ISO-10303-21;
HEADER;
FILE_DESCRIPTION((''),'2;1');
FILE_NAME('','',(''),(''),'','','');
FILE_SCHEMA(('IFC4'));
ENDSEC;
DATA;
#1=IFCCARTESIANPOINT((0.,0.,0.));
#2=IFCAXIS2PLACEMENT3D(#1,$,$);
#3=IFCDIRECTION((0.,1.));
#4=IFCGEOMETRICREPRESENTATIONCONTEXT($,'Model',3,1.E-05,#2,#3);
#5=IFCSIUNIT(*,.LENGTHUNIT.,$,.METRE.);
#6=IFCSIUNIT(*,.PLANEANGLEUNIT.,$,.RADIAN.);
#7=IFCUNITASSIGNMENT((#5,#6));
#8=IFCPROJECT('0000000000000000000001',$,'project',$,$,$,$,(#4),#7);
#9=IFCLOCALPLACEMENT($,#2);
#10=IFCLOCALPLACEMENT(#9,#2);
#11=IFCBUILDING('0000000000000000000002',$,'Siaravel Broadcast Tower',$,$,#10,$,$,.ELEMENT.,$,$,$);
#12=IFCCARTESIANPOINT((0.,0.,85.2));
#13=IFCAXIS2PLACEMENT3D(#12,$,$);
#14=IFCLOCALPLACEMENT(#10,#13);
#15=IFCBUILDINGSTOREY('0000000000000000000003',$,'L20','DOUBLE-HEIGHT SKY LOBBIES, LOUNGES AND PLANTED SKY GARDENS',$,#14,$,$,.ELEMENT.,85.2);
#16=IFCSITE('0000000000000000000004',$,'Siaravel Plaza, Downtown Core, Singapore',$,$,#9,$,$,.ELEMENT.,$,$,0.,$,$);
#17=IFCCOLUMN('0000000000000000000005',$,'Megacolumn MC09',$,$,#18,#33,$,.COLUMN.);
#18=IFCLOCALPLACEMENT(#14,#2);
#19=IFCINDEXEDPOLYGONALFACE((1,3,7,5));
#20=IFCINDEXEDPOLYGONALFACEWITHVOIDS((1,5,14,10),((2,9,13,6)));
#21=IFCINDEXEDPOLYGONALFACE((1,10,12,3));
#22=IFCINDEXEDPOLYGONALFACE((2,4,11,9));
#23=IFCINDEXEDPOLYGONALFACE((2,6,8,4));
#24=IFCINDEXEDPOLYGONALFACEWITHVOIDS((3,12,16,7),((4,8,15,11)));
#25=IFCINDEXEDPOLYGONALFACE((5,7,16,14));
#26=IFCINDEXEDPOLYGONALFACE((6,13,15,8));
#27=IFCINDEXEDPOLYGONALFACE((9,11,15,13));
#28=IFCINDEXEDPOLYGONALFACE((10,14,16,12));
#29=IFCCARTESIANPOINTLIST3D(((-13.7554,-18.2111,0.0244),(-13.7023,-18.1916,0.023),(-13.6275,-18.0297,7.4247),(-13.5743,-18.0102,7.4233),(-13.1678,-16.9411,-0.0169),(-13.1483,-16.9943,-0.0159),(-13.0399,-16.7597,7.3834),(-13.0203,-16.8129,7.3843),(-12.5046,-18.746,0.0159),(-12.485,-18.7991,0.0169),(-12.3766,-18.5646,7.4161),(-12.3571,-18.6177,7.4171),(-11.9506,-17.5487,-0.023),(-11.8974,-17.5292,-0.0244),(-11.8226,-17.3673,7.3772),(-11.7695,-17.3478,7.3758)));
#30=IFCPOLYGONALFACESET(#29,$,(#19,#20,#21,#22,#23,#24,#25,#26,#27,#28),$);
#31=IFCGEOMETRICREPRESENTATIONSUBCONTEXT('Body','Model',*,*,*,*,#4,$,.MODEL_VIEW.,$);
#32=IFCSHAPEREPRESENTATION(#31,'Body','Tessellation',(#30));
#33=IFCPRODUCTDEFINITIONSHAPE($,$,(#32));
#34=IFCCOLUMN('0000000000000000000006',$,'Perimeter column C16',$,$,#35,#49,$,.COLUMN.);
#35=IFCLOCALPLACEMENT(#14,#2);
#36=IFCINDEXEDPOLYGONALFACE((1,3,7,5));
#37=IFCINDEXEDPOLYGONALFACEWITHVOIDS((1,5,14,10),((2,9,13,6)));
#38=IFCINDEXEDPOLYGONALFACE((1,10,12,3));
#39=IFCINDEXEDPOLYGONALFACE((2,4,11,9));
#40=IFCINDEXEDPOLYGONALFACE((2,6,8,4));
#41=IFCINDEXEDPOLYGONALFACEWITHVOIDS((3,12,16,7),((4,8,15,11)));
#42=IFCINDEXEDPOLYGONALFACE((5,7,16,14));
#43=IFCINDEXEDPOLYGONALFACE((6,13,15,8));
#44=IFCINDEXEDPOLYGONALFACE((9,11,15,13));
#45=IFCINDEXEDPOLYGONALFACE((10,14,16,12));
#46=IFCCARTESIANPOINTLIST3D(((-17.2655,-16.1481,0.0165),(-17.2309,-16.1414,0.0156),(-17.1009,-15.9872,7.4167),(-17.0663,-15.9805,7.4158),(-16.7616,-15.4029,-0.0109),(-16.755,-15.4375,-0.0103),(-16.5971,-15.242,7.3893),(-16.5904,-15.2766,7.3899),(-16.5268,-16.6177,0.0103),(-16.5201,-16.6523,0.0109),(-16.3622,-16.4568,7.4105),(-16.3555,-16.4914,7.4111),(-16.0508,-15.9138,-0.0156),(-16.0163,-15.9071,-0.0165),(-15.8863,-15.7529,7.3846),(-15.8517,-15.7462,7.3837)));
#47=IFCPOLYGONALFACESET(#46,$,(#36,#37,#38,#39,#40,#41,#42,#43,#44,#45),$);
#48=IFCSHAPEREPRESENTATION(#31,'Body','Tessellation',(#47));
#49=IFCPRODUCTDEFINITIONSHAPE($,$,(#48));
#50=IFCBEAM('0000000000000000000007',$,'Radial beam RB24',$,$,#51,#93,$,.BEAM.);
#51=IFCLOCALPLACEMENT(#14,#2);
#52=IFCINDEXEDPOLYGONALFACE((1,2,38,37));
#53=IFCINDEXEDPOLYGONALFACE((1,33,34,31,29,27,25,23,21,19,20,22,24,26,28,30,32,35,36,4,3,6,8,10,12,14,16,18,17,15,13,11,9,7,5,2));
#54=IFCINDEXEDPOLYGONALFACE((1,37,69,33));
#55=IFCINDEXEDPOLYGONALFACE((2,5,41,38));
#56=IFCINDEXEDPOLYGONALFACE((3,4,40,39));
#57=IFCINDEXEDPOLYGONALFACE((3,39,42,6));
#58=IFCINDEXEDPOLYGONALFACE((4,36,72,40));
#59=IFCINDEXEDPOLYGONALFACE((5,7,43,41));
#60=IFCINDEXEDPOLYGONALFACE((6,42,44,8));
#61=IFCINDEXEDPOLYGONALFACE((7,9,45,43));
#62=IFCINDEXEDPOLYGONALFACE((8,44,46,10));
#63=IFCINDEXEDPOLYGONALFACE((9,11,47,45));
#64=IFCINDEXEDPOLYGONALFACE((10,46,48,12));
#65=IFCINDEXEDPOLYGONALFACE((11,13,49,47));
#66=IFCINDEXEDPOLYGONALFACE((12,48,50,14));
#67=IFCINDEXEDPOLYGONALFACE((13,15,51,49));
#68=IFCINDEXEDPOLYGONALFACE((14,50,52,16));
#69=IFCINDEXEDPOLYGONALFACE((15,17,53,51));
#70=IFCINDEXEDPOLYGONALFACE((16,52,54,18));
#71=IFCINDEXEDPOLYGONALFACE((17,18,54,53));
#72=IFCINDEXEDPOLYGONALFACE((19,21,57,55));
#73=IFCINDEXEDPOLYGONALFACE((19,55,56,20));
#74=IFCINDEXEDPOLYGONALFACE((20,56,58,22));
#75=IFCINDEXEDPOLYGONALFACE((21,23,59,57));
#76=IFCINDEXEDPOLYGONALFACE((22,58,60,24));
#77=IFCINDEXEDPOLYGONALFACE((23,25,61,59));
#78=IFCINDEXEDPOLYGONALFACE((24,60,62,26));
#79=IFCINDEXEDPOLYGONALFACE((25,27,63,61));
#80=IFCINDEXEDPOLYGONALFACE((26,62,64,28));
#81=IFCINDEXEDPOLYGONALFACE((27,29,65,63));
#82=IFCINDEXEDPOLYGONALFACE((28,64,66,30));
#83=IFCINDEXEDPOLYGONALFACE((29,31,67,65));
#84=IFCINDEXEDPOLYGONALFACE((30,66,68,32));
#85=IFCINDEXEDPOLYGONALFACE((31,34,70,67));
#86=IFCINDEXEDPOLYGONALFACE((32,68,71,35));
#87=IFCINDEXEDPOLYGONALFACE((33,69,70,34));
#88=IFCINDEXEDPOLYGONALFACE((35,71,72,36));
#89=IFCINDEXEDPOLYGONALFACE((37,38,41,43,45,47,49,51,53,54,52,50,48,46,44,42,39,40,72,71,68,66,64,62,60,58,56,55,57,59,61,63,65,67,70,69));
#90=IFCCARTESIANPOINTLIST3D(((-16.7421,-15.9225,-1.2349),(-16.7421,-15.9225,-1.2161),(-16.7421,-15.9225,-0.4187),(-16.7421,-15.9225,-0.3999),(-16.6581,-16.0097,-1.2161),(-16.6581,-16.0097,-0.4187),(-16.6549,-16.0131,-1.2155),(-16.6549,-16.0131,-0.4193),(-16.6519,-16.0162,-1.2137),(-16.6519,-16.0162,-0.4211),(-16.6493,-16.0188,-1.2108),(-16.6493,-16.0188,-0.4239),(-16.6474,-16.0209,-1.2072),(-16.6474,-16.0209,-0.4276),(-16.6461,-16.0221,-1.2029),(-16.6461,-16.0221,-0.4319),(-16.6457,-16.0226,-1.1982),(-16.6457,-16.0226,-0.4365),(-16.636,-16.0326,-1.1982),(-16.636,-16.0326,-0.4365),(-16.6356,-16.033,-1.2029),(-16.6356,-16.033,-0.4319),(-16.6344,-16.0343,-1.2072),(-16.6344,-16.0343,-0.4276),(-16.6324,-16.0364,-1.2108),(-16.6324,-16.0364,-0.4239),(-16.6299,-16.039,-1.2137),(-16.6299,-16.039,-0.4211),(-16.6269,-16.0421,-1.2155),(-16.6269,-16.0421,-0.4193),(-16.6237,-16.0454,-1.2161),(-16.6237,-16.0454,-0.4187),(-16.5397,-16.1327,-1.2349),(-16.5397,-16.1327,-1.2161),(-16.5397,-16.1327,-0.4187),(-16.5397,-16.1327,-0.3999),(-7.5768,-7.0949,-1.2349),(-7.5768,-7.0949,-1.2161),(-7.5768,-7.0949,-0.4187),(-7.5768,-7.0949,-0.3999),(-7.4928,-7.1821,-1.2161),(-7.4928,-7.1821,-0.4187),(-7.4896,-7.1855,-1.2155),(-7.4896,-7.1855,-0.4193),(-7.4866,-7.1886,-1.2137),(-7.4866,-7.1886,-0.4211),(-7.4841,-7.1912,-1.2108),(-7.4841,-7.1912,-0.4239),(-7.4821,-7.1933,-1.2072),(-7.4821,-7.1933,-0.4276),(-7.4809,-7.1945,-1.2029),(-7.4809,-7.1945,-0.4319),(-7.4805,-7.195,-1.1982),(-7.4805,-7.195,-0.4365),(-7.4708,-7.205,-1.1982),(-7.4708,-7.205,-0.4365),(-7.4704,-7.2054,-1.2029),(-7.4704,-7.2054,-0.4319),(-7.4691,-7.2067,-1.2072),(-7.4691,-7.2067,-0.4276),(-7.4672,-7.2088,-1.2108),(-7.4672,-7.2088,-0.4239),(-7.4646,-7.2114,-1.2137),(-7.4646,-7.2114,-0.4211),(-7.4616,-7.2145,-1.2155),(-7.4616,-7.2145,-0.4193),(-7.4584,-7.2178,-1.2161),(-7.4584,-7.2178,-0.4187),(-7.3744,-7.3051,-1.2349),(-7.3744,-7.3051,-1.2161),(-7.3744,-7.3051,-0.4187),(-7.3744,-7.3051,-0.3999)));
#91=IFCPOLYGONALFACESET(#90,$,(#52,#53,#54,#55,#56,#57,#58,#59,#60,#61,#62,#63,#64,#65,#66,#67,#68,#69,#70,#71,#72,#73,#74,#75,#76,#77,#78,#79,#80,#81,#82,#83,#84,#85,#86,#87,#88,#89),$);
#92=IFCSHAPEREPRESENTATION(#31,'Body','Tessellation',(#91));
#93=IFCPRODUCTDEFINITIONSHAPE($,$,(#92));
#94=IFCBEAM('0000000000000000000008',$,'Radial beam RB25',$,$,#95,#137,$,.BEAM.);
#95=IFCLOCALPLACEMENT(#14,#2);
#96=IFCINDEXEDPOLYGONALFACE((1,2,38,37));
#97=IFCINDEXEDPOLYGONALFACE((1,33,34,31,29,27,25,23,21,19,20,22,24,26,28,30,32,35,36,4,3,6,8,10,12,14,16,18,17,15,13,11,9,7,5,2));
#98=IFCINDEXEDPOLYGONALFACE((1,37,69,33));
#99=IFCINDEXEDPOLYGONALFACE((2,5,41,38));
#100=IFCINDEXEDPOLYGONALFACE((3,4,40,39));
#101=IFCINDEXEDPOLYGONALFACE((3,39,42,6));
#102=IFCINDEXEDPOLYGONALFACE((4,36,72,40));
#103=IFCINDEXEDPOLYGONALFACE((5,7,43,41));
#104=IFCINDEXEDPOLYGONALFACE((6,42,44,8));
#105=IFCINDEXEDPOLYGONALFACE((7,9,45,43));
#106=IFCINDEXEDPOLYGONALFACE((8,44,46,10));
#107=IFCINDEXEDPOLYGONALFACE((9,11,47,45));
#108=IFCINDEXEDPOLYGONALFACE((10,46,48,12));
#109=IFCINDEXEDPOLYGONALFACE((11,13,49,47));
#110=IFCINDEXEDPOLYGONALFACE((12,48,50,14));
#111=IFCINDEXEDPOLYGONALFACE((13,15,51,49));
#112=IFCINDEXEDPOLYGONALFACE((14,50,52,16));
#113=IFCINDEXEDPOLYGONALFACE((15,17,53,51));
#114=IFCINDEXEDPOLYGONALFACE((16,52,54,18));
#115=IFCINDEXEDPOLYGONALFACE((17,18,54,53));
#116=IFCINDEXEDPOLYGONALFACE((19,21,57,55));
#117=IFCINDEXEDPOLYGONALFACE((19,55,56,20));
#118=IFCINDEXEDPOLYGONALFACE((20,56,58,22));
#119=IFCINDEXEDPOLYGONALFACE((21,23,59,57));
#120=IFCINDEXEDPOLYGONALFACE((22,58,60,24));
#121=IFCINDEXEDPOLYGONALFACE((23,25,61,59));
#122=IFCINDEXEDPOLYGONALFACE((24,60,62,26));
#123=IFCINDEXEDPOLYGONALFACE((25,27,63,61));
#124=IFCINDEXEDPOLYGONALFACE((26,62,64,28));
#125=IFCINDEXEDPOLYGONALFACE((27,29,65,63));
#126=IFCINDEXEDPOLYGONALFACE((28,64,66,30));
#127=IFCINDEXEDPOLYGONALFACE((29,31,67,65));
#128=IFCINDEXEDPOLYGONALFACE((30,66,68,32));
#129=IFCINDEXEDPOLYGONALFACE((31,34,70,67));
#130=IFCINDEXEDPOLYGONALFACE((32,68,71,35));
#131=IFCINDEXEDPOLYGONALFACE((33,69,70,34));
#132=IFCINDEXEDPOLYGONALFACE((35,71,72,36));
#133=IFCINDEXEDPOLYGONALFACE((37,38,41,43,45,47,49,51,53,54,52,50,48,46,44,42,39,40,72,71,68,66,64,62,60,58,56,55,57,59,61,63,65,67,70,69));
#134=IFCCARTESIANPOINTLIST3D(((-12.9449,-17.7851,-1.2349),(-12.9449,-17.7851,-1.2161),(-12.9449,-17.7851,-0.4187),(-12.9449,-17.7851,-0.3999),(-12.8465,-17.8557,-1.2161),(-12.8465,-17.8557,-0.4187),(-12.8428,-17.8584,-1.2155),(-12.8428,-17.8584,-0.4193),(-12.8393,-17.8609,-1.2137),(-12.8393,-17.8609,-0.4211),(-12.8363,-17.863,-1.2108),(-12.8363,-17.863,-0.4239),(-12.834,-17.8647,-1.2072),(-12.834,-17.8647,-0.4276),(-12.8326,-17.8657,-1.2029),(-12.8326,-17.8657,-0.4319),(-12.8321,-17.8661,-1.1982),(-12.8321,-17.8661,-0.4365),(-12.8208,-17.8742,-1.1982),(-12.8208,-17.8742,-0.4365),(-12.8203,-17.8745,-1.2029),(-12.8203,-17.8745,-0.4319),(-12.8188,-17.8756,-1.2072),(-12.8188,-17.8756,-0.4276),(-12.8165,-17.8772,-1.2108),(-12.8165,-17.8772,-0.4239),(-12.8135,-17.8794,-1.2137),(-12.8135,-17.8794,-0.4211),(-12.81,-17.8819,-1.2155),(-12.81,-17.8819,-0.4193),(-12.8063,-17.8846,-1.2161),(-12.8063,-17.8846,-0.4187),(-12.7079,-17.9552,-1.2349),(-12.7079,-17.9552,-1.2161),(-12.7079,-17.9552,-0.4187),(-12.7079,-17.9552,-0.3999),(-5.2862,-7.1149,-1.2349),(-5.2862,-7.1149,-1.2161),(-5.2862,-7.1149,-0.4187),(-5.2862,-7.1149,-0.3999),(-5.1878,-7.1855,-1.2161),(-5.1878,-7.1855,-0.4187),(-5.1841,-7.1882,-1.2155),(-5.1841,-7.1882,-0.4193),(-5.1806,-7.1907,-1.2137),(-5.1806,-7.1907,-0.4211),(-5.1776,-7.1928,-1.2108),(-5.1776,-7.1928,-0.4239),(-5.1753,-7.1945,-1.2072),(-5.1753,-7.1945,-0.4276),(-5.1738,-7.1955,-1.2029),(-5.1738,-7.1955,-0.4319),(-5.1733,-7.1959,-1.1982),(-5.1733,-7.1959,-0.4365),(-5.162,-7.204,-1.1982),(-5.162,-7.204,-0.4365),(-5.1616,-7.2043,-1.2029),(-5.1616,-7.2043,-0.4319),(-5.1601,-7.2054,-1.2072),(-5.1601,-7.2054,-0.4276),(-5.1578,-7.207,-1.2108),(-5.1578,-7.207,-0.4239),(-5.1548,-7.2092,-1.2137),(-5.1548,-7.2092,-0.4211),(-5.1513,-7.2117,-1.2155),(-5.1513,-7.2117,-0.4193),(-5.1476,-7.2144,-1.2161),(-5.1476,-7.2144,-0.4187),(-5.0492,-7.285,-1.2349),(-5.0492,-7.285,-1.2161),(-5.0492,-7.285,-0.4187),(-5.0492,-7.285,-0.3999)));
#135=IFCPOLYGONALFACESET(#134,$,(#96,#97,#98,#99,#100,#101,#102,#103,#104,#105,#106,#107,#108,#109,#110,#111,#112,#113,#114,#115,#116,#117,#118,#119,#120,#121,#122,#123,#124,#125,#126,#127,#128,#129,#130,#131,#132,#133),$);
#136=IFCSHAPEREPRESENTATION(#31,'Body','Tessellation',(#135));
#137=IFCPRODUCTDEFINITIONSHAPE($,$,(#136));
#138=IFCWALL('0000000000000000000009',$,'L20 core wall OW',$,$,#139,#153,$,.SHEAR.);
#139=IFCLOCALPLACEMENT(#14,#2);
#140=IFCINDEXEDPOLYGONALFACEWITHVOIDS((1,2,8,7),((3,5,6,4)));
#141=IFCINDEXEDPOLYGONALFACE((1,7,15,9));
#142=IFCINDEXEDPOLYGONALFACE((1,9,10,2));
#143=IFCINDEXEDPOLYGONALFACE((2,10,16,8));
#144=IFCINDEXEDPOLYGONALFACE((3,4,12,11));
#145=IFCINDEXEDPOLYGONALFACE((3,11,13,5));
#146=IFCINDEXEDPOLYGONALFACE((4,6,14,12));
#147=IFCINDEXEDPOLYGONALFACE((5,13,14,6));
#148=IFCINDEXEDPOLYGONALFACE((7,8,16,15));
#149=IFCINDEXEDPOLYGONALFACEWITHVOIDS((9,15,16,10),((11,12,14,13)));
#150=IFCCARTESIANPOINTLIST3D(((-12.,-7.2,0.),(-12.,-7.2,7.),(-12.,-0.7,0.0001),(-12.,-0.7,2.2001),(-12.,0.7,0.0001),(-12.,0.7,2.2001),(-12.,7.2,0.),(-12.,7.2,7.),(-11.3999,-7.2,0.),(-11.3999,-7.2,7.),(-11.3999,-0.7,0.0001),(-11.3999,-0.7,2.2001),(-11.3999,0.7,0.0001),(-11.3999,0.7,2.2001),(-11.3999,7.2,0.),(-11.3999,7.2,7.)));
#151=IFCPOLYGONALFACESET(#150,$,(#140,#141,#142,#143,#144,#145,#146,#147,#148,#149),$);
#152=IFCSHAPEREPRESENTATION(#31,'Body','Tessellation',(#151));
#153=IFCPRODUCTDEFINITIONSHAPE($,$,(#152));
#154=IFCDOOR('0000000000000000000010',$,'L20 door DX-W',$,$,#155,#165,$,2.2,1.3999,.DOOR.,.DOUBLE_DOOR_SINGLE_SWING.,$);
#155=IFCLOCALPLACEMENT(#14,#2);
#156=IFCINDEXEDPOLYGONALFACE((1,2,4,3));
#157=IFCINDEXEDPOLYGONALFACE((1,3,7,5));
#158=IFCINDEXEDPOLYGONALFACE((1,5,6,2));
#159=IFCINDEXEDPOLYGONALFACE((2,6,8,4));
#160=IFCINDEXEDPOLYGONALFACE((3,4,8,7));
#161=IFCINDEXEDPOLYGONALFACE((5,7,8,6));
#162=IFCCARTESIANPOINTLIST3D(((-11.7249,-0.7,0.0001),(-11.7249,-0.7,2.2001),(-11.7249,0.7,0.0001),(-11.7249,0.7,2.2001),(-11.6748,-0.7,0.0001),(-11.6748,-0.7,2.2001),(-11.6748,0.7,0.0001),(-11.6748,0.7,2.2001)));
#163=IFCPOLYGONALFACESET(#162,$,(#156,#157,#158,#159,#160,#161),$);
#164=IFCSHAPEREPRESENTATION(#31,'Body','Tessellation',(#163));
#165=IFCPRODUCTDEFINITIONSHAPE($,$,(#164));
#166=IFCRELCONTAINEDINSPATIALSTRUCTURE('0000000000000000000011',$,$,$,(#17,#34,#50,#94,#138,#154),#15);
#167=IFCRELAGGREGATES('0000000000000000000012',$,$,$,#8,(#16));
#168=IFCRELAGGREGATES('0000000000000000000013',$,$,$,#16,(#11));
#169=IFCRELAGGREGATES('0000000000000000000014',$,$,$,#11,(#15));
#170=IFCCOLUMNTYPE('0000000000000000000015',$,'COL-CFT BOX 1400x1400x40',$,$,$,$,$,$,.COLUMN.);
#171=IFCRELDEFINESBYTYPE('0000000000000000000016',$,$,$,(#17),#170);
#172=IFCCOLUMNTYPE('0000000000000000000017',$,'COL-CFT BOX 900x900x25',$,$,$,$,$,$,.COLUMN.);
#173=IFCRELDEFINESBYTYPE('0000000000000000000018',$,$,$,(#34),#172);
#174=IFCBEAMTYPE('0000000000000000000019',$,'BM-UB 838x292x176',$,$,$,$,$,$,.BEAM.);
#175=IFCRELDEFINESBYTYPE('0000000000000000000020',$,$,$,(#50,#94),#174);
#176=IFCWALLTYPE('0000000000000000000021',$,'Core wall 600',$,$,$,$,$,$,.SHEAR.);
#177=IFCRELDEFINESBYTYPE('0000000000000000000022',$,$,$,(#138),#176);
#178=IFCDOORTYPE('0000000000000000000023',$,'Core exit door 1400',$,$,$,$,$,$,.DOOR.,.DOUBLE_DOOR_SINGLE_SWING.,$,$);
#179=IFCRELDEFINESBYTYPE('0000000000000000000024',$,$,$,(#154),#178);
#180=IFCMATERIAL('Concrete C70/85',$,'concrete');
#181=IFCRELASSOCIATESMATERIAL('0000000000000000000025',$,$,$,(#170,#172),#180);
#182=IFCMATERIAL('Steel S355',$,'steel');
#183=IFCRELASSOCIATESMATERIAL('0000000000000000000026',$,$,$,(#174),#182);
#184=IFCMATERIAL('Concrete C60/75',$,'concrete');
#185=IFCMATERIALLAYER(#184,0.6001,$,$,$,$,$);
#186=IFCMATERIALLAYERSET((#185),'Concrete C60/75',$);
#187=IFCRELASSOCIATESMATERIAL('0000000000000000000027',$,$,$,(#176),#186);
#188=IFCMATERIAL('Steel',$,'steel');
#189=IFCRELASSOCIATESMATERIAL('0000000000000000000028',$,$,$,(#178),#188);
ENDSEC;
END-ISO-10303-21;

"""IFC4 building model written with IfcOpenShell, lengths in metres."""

from ifc_helpers import new_model, si_unit, direction, frame, frame_2d, origin, origin_2d, place, context, subcontext, project, spatial, rectangle, hollow_rectangle, i_section, extrude, material, layer, layer_set, material_profile, profile_set, type_object, element, fill, save


model = new_model("IFC4")

# Units and contexts
model_context = context("Model", 3, precision=1e-05, world=origin(), true_north=direction((0.0, 1.0)))
body_context = subcontext(model_context, "Body", "Model", "MODEL_VIEW")
ifc_project = project(units=[si_unit("LENGTHUNIT", "METRE"), si_unit("PLANEANGLEUNIT", "RADIAN")], contexts=[model_context])

# Site, building, storey
site_placement = place(None, origin())
site = spatial("IfcSite", under=ifc_project, at=site_placement, Name="Siaravel Plaza, Downtown Core, Singapore", CompositionType="ELEMENT", RefElevation=0.0)
building_placement = place(site_placement, origin())
building = spatial("IfcBuilding", under=site, at=building_placement, Name="Siaravel Broadcast Tower", CompositionType="ELEMENT")
storey_placement = place(building_placement, frame((0.0, 0.0, 85.2)))
storey = spatial("IfcBuildingStorey", under=building, at=storey_placement, Name="L20", Description="DOUBLE-HEIGHT SKY LOBBIES, LOUNGES AND PLANTED SKY GARDENS", CompositionType="ELEMENT", Elevation=85.2)

# Columns
ifc_material_1 = material(Name="Concrete C70/85", Category="concrete")
ifc_material_profile_1 = material_profile(ifc_material_1, hollow_rectangle(XDim=1.3999, YDim=1.3999, WallThickness=0.04, at=origin_2d()))
ifc_profile_set_1 = profile_set([ifc_material_profile_1], Name="Concrete C70/85")
column_type_1 = type_object("IfcColumnType", Name="COL-CFT BOX 1400x1400x40", PredefinedType="COLUMN", material=ifc_profile_set_1)
column_1_placement = place(storey_placement, frame((-12.8264, -17.8701, 0.0), z_axis=(0.01728, 0.024502, 0.99955), x_axis=(-0.907479, 0.420063, 0.005391)))
element("IfcColumn", 1, at=column_1_placement, inside=storey, type_object=column_type_1, Name="Megacolumn MC09", PredefinedType="COLUMN", context=body_context, shape_type="SweptSolid", body=[
    extrude(hollow_rectangle(XDim=1.3999, YDim=1.3999, WallThickness=0.04, at=origin_2d()), origin(), (0.0, 0.0, 1.0), 7.4036),
])
ifc_material_profile_2 = material_profile(ifc_material_1, hollow_rectangle(XDim=0.8999, YDim=0.8999, WallThickness=0.0249, at=origin_2d()))
ifc_profile_set_2 = profile_set([ifc_material_profile_2], Name="Concrete C70/85")
column_type_2 = type_object("IfcColumnType", Name="COL-CFT BOX 900x900x25", PredefinedType="COLUMN", material=ifc_profile_set_2)
column_2_placement = place(storey_placement, frame((-16.6409, -16.0276, 0.0), z_axis=(0.022225, 0.021731, 0.999517), x_axis=(-0.828277, 0.560283, 0.006236)))
element("IfcColumn", 2, at=column_2_placement, inside=storey, type_object=column_type_2, Name="Perimeter column C16", PredefinedType="COLUMN", context=body_context, shape_type="SweptSolid", body=[
    extrude(hollow_rectangle(XDim=0.8999, YDim=0.8999, WallThickness=0.0249, at=origin_2d()), origin(), (0.0, 0.0, 1.0), 7.4038),
])

# Beams
ifc_material_2 = material(Name="Steel S355", Category="steel")
ifc_material_profile_3 = material_profile(ifc_material_2, i_section(OverallWidth=0.2917, OverallDepth=0.835, WebThickness=0.0139, FlangeThickness=0.0188, FilletRadius=0.0178, at=origin_2d()))
ifc_profile_set_3 = profile_set([ifc_material_profile_3], Name="Steel S355")
beam_type = type_object("IfcBeamType", Name="BM-UB 838x292x176", PredefinedType="BEAM", material=ifc_profile_set_3)
beam_1_placement = place(storey_placement, frame((-16.6409, -16.0276, -0.8174), z_axis=(0.720249, 0.693715, 0.0), x_axis=(-0.693715, 0.720249, 0.0)))
element("IfcBeam", 3, at=beam_1_placement, inside=storey, type_object=beam_type, Name="Radial beam RB24", PredefinedType="BEAM", context=body_context, shape_type="SweptSolid", body=[
    extrude(i_section(OverallWidth=0.2917, OverallDepth=0.835, WebThickness=0.0139, FlangeThickness=0.0188, FilletRadius=0.0178, at=origin_2d()), origin(), (0.0, 0.0, 1.0), 12.7251),
])
beam_2_placement = place(storey_placement, frame((-12.8264, -17.8701, -0.8174), z_axis=(0.583109, 0.812394, 0.0), x_axis=(-0.812394, 0.583109, 0.0)))
element("IfcBeam", 4, at=beam_2_placement, inside=storey, type_object=beam_type, Name="Radial beam RB25", PredefinedType="BEAM", context=body_context, shape_type="SweptSolid", body=[
    extrude(i_section(OverallWidth=0.2917, OverallDepth=0.835, WebThickness=0.0139, FlangeThickness=0.0188, FilletRadius=0.0178, at=origin_2d()), origin(), (0.0, 0.0, 1.0), 13.1343),
])

# Wall, opening, door
ifc_material_3 = material(Name="Concrete C60/75", Category="concrete")
ifc_layer_1 = layer(ifc_material_3, 0.6001)
ifc_layer_set_1 = layer_set([ifc_layer_1], Name="Concrete C60/75")
wall_type_1 = type_object("IfcWallType", Name="Core wall 600", PredefinedType="SHEAR", material=ifc_layer_set_1)
wall_1_placement = place(storey_placement, frame((-11.7, -7.2, 0.0), z_axis=(0.0, 0.0, 1.0), x_axis=(0.0, 1.0, 0.0)))
wall_1 = element("IfcWall", 5, at=wall_1_placement, inside=storey, type_object=wall_type_1, Name="L20 core wall OW", PredefinedType="SHEAR", context=body_context, shape_type="SweptSolid", body=[
    extrude(rectangle(XDim=14.3999, YDim=0.6001, at=frame_2d((7.2, 0.0))), origin(), (0.0, 0.0, 1.0), 7.0),
])
opening_1_placement = place(wall_1_placement, frame((6.5, 0.0, 0.0)))
opening_1 = element("IfcOpeningElement", 6, at=opening_1_placement, cuts=wall_1, PredefinedType="OPENING", context=body_context, shape_type="SweptSolid", body=[
    extrude(rectangle(XDim=1.3999, YDim=2.2, at=frame_2d((0.7, 1.1001))), frame((0.0, 0.3101, 0.0), z_axis=(0.0, -1.0, 0.0), x_axis=(1.0, 0.0, 0.0)), (0.0, 0.0, 1.0), 0.6201),
])
ifc_material_4 = material(Name="Steel", Category="steel")
door_type_1 = type_object("IfcDoorType", Name="Core exit door 1400", OperationType="DOUBLE_DOOR_SINGLE_SWING", PredefinedType="DOOR", material=ifc_material_4)
door_1_placement = place(opening_1_placement, origin())
door_1 = element("IfcDoor", 7, at=door_1_placement, inside=storey, type_object=door_type_1, Name="L20 door DX-W", OperationType="DOUBLE_DOOR_SINGLE_SWING", OverallHeight=2.2, OverallWidth=1.3999, PredefinedType="DOOR", context=body_context, shape_type="SweptSolid", body=[
    extrude(rectangle(XDim=1.3999, YDim=2.2, at=frame_2d((0.7, 1.1001))), frame((0.0, 0.0249, 0.0), z_axis=(0.0, -1.0, 0.0), x_axis=(1.0, 0.0, 0.0)), (0.0, 0.0, 1.0), 0.05),
])
fill(opening_1, door_1)

save(model, "model.ifc")
